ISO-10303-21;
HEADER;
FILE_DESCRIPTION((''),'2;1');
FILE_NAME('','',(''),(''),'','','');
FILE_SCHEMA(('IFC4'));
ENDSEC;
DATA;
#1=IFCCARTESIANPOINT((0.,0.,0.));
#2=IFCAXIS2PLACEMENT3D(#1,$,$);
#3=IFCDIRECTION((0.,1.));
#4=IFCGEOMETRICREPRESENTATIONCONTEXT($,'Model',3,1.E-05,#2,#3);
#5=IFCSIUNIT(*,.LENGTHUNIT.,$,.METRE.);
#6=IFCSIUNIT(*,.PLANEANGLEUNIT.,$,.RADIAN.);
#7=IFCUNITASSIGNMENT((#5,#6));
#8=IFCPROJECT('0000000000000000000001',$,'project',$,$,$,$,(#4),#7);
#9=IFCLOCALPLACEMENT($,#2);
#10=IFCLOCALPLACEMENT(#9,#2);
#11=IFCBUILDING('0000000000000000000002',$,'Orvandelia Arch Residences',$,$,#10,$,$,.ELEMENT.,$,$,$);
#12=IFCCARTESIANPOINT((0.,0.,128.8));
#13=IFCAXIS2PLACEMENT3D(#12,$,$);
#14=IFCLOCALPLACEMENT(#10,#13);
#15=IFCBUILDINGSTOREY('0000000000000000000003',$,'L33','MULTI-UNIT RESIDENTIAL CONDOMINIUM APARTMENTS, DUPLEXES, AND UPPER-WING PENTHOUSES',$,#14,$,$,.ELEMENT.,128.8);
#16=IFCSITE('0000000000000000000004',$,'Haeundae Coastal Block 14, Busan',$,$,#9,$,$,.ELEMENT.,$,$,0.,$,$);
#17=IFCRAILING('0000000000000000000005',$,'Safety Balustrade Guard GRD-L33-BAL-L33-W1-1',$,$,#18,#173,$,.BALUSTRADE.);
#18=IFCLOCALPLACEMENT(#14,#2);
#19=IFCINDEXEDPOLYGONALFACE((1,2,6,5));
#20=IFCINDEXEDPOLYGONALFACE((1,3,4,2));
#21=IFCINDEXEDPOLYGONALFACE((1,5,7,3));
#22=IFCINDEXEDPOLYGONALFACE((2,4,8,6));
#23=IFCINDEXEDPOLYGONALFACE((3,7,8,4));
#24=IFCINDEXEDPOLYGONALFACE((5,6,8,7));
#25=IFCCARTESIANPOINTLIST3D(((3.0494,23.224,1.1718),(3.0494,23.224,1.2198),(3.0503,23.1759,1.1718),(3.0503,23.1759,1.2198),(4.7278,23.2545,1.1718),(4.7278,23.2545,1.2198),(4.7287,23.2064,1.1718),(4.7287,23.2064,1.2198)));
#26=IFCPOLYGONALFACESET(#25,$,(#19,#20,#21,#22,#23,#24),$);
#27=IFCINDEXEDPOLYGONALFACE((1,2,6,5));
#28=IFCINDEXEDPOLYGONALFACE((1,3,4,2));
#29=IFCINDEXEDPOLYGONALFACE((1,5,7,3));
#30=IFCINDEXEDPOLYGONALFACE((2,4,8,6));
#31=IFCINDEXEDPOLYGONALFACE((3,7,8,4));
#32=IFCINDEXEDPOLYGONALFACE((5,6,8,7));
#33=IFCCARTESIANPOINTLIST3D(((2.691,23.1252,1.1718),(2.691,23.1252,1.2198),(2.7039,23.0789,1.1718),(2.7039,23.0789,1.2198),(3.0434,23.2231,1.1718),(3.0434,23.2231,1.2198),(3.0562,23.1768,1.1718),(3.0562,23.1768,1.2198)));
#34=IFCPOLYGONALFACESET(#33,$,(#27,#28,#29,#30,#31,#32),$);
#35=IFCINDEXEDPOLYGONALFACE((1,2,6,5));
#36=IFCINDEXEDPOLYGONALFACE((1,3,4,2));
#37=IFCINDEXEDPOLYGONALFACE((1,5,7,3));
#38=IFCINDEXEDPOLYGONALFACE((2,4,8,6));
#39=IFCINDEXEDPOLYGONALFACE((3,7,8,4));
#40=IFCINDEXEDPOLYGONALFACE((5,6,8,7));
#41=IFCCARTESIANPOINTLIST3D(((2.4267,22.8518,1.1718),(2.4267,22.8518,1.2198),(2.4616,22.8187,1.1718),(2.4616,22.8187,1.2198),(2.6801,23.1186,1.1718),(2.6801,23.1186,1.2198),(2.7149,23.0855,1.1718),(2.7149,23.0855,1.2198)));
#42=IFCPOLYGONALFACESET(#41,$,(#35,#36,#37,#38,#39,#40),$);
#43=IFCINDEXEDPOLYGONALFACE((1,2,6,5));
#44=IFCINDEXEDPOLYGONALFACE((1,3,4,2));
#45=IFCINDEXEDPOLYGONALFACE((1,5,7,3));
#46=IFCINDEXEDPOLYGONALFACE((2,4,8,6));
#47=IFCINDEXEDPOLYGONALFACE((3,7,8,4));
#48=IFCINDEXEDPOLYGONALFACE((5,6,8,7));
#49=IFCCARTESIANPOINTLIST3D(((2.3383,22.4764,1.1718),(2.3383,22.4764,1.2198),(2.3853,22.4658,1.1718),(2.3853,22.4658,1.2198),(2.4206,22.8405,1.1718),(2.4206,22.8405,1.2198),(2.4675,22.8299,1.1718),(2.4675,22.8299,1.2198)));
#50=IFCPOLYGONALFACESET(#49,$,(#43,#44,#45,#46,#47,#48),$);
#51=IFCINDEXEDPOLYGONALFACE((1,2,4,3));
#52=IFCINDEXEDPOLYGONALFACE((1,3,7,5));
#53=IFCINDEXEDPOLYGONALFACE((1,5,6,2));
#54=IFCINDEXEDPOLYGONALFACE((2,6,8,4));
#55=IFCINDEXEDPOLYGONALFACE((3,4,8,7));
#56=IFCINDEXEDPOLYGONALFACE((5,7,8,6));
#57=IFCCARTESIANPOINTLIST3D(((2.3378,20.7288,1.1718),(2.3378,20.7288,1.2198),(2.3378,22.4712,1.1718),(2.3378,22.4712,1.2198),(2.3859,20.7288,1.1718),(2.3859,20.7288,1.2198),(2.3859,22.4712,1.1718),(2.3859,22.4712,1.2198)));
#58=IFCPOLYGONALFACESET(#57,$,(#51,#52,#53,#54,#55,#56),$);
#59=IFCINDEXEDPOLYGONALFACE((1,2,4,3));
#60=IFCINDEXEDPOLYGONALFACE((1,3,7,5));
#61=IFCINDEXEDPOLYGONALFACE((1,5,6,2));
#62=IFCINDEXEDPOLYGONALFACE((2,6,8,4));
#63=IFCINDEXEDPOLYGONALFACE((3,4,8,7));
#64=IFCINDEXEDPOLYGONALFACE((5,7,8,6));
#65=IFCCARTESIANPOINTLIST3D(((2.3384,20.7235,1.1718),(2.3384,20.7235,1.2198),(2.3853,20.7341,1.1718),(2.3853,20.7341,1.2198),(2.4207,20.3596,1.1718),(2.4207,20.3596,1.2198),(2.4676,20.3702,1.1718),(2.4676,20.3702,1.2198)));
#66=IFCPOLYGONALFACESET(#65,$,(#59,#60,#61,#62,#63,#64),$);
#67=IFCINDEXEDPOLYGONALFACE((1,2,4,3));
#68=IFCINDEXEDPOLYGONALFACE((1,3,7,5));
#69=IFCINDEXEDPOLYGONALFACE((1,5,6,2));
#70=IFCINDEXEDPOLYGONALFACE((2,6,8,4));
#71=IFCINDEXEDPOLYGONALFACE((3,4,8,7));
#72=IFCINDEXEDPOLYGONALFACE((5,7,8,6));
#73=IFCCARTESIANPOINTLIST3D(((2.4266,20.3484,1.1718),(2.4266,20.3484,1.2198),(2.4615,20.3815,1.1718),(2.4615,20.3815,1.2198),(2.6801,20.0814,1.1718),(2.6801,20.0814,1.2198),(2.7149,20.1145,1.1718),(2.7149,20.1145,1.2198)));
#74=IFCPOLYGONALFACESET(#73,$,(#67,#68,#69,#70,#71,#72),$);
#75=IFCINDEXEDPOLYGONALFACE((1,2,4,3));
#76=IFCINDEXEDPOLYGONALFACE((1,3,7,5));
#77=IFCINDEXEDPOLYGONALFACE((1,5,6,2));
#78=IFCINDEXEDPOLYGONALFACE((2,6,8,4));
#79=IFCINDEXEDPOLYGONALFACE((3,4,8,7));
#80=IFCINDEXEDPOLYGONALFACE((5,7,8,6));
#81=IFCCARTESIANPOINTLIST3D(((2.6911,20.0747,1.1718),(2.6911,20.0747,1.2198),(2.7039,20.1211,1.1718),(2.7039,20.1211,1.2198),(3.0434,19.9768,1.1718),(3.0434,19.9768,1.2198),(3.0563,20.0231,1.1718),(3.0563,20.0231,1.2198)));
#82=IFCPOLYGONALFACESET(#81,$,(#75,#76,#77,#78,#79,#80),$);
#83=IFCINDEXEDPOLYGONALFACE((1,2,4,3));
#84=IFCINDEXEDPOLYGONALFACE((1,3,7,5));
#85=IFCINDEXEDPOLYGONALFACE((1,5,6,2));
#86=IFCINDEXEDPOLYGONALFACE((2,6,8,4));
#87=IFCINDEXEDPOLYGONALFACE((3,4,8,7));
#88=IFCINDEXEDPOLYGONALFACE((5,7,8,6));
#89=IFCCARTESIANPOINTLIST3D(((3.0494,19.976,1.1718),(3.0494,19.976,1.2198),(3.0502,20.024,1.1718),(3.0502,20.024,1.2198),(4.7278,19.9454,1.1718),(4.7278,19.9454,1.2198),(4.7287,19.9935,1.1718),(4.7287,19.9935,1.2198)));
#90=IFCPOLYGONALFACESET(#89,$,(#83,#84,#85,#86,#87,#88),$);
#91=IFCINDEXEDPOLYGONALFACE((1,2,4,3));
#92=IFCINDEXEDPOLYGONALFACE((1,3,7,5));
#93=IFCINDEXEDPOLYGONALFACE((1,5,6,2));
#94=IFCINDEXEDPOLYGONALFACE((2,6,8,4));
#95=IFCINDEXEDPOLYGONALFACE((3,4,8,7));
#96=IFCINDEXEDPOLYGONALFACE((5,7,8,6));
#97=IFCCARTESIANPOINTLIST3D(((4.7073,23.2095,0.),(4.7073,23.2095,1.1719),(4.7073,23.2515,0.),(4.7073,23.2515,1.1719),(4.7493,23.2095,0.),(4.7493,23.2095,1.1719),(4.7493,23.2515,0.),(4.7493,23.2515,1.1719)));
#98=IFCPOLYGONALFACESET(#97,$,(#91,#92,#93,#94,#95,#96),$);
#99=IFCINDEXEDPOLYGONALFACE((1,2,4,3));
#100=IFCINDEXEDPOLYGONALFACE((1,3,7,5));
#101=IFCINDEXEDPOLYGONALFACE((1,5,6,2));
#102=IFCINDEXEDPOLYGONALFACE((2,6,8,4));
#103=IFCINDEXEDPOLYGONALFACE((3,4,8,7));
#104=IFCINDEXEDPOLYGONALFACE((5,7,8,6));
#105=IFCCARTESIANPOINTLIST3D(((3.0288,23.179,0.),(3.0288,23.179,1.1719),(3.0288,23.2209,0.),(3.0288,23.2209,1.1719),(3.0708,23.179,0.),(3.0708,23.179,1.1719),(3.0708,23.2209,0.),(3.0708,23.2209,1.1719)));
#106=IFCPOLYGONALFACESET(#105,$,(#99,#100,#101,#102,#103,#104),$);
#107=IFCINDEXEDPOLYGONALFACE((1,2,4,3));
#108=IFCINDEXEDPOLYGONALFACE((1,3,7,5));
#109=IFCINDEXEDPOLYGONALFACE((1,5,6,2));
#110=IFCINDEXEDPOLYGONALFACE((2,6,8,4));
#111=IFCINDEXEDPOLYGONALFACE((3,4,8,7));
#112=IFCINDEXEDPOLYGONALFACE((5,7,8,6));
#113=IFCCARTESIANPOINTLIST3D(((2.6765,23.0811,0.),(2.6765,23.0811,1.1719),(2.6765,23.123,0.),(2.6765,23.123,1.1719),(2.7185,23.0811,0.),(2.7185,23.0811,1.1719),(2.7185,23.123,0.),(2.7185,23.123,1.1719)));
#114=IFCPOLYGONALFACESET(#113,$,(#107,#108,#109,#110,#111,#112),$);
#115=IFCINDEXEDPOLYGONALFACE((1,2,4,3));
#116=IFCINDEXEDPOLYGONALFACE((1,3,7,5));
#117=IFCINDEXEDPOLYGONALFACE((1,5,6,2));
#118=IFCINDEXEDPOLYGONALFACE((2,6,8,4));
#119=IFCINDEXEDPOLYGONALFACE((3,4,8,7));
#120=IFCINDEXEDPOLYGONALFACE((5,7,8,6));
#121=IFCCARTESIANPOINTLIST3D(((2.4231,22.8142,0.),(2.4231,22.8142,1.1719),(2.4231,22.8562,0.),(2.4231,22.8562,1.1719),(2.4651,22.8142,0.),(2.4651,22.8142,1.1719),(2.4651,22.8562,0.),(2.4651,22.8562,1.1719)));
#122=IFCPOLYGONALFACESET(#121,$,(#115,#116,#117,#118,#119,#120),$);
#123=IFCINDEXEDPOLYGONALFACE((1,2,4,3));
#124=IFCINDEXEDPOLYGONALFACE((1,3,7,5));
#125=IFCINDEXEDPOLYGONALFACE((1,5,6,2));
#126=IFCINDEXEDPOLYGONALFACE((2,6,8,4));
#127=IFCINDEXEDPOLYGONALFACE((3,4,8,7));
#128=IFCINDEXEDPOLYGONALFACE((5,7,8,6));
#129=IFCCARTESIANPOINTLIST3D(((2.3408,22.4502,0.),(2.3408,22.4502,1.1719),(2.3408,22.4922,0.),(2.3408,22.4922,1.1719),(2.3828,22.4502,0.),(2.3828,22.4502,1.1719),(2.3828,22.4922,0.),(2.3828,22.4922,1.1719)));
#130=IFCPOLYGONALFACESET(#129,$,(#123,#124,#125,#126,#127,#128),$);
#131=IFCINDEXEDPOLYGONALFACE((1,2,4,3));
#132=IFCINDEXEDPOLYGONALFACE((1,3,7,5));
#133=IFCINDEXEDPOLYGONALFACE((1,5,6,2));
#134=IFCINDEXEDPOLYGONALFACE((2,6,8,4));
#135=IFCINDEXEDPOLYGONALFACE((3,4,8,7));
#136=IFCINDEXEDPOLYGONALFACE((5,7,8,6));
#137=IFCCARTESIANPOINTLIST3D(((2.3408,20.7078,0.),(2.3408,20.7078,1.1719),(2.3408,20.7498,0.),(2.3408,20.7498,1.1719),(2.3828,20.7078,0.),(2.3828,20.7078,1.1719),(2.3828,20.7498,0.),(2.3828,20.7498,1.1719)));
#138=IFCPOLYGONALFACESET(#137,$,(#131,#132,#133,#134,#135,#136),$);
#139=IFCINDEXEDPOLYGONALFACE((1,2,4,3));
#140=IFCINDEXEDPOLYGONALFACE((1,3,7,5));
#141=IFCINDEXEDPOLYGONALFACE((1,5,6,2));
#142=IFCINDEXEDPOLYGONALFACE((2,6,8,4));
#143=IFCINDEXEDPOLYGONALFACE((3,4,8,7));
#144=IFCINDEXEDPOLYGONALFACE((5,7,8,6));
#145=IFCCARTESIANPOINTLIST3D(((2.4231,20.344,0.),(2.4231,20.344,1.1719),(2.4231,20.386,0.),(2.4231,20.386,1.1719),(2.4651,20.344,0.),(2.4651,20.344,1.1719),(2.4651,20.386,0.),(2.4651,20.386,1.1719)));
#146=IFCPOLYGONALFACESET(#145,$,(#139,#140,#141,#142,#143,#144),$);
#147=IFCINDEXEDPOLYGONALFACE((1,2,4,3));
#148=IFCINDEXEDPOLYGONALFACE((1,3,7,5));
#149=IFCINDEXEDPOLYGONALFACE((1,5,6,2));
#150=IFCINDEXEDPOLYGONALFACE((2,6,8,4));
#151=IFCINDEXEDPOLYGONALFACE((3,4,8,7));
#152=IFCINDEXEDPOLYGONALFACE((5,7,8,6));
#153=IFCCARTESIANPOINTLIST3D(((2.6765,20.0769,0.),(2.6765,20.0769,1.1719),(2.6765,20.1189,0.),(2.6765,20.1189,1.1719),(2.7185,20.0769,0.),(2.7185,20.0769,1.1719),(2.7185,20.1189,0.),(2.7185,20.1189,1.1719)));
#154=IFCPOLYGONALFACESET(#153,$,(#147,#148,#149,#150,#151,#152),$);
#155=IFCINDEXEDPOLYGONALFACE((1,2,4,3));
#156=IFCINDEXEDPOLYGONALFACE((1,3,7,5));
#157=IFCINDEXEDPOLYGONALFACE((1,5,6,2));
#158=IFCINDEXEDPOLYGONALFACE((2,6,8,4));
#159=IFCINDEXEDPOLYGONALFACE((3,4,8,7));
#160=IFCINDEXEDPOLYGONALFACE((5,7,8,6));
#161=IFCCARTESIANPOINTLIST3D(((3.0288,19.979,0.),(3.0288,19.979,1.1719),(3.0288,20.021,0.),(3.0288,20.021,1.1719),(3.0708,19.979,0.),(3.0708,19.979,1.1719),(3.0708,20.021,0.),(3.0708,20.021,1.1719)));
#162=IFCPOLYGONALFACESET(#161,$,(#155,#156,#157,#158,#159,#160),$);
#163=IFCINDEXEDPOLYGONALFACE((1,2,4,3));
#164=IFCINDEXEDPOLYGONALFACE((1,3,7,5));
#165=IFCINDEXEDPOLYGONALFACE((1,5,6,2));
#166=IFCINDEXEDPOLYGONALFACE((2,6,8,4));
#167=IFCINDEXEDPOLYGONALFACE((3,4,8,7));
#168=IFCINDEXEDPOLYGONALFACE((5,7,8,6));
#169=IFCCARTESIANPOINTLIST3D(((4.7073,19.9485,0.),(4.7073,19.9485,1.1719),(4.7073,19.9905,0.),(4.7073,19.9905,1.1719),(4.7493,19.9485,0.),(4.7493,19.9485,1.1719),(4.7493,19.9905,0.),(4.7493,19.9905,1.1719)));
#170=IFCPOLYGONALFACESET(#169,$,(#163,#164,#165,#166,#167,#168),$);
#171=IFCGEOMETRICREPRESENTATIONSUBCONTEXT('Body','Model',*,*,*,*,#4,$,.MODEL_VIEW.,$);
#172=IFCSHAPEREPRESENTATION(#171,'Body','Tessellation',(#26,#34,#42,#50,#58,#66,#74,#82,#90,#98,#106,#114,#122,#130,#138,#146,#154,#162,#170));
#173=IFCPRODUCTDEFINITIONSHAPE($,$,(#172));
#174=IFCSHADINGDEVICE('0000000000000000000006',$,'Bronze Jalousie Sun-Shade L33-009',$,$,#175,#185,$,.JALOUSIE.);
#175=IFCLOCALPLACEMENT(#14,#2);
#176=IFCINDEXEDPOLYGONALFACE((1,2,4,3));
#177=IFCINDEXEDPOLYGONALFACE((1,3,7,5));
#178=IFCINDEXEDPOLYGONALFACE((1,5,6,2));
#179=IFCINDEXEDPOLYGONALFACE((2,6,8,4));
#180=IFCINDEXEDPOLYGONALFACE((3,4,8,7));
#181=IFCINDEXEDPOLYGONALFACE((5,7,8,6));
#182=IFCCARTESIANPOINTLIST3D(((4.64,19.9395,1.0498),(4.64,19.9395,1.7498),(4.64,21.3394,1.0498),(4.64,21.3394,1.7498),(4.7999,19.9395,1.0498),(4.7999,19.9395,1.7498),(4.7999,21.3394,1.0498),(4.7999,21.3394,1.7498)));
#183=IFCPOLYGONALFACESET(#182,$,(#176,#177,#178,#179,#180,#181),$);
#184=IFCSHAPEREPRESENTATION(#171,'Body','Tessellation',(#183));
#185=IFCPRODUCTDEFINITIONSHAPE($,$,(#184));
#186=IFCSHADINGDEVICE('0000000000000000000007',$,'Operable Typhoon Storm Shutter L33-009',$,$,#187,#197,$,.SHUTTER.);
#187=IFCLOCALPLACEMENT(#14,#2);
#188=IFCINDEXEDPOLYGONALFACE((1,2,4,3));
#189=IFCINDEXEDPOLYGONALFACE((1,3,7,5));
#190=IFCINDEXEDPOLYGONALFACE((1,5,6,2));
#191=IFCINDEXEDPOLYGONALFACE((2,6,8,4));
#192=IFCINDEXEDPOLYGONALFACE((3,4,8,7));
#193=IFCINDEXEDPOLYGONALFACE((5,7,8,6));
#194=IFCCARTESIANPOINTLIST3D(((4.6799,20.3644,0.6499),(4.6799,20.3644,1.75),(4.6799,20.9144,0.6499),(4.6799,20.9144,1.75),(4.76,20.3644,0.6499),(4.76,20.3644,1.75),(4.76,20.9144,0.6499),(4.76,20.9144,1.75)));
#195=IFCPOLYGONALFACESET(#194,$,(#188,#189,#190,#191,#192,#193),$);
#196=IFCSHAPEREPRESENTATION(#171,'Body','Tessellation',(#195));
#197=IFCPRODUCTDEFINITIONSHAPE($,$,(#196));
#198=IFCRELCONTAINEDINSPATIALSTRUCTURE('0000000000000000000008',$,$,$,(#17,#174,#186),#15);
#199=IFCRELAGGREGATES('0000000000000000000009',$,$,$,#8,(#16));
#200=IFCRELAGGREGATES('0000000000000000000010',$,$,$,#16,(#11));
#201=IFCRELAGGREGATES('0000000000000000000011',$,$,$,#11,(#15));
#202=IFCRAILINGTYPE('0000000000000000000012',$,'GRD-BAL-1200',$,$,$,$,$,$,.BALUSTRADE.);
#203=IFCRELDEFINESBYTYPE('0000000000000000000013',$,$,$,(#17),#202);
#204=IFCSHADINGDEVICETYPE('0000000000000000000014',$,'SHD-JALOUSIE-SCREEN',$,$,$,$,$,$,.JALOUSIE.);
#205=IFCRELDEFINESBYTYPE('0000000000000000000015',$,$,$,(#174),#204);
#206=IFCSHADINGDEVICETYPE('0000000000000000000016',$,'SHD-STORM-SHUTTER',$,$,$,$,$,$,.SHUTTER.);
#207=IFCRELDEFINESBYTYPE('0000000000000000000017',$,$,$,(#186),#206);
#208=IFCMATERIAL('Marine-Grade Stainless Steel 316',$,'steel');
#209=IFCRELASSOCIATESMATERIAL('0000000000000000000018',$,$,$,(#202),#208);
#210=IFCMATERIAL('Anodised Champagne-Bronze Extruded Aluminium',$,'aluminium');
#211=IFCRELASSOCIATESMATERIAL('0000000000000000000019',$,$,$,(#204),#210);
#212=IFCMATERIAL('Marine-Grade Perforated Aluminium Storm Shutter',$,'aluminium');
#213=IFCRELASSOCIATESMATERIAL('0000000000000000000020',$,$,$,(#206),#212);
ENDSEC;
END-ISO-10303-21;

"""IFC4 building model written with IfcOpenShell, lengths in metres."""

from ifc_helpers import new_model, si_unit, direction, frame, origin, origin_2d, place, context, subcontext, project, spatial, rectangle, extrude, material, type_object, element, save


model = new_model("IFC4")

# Units and contexts
model_context = context("Model", 3, precision=1e-05, world=origin(), true_north=direction((0.0, 1.0)))
body_context = subcontext(model_context, "Body", "Model", "MODEL_VIEW")
ifc_project = project(units=[si_unit("LENGTHUNIT", "METRE"), si_unit("PLANEANGLEUNIT", "RADIAN")], contexts=[model_context])

# Site, building, storey
site_placement = place(None, origin())
site = spatial("IfcSite", under=ifc_project, at=site_placement, Name="Haeundae Coastal Block 14, Busan", CompositionType="ELEMENT", RefElevation=0.0)
building_placement = place(site_placement, origin())
building = spatial("IfcBuilding", under=site, at=building_placement, Name="Orvandelia Arch Residences", CompositionType="ELEMENT")
storey_placement = place(building_placement, frame((0.0, 0.0, 128.8)))
storey = spatial("IfcBuildingStorey", under=building, at=storey_placement, Name="L33", Description="MULTI-UNIT RESIDENTIAL CONDOMINIUM APARTMENTS, DUPLEXES, AND UPPER-WING PENTHOUSES", CompositionType="ELEMENT", Elevation=128.8)

# Railing
ifc_material_1 = material(Name="Marine-Grade Stainless Steel 316", Category="steel")
railing_type = type_object("IfcRailingType", Name="GRD-BAL-1200", PredefinedType="BALUSTRADE", material=ifc_material_1)
railing_placement = place(storey_placement, frame((4.7283, 23.2305, 0.0)))
element("IfcRailing", 1, at=railing_placement, inside=storey, type_object=railing_type, Name="Safety Balustrade Guard GRD-L33-BAL-L33-W1-1", PredefinedType="BALUSTRADE", context=body_context, shape_type="SweptSolid", body=[
    extrude(rectangle(XDim=0.0481, YDim=0.0481, at=origin_2d()), frame((0.0, 0.0, 1.1958), z_axis=(-0.999835, -0.018179, 0.0), x_axis=(0.018179, -0.999835, 0.0)), (0.0, 0.0, 1.0), 1.6787),
    extrude(rectangle(XDim=0.0481, YDim=0.0481, at=origin_2d()), frame((-1.6785, -0.0305, 1.1958), z_axis=(-0.963489, -0.267747, 0.0), x_axis=(0.267747, -0.963489, 0.0)), (0.0, 0.0, 1.0), 0.3657),
    extrude(rectangle(XDim=0.0481, YDim=0.0481, at=origin_2d()), frame((-2.0308, -0.1284, 1.1958), z_axis=(-0.688627, -0.725115, 0.0), x_axis=(0.725115, -0.688627, 0.0)), (0.0, 0.0, 1.0), 0.3679),
    extrude(rectangle(XDim=0.0481, YDim=0.0481, at=origin_2d()), frame((-2.2842, -0.3953, 1.1958), z_axis=(-0.220462, -0.975396, 0.0), x_axis=(0.975396, -0.220462, 0.0)), (0.0, 0.0, 1.0), 0.3733),
    extrude(rectangle(XDim=0.0481, YDim=0.0481, at=origin_2d()), frame((-2.3665, -0.7593, 1.1958), z_axis=(0.0, -1.0, 0.0), x_axis=(1.0, 0.0, 0.0)), (0.0, 0.0, 1.0), 1.7424),
    extrude(rectangle(XDim=0.0481, YDim=0.0481, at=origin_2d()), frame((-2.3665, -2.5017, 1.1958), z_axis=(0.220602, -0.975364, 0.0), x_axis=(0.975364, 0.220602, 0.0)), (0.0, 0.0, 1.0), 0.373),
    extrude(rectangle(XDim=0.0481, YDim=0.0481, at=origin_2d()), frame((-2.2842, -2.8655, 1.1958), z_axis=(0.688296, -0.72543, 0.0), x_axis=(0.72543, 0.688296, 0.0)), (0.0, 0.0, 1.0), 0.3682),
    extrude(rectangle(XDim=0.0481, YDim=0.0481, at=origin_2d()), frame((-2.0308, -3.1326, 1.1958), z_axis=(0.963489, -0.267747, 0.0), x_axis=(0.267747, 0.963489, 0.0)), (0.0, 0.0, 1.0), 0.3657),
    extrude(rectangle(XDim=0.0481, YDim=0.0481, at=origin_2d()), frame((-1.6785, -3.2305, 1.1958), z_axis=(0.999835, -0.018179, 0.0), x_axis=(0.018179, 0.999835, 0.0)), (0.0, 0.0, 1.0), 1.6787),
    extrude(rectangle(XDim=0.042, YDim=0.042, at=origin_2d()), origin(), (0.0, 0.0, 1.0), 1.1719),
    extrude(rectangle(XDim=0.042, YDim=0.042, at=origin_2d()), frame((-1.6785, -0.0305, 0.0)), (0.0, 0.0, 1.0), 1.1719),
    extrude(rectangle(XDim=0.042, YDim=0.042, at=origin_2d()), frame((-2.0308, -0.1284, 0.0)), (0.0, 0.0, 1.0), 1.1719),
    extrude(rectangle(XDim=0.042, YDim=0.042, at=origin_2d()), frame((-2.2842, -0.3953, 0.0)), (0.0, 0.0, 1.0), 1.1719),
    extrude(rectangle(XDim=0.042, YDim=0.042, at=origin_2d()), frame((-2.3665, -0.7593, 0.0)), (0.0, 0.0, 1.0), 1.1719),
    extrude(rectangle(XDim=0.042, YDim=0.042, at=origin_2d()), frame((-2.3665, -2.5017, 0.0)), (0.0, 0.0, 1.0), 1.1719),
    extrude(rectangle(XDim=0.042, YDim=0.042, at=origin_2d()), frame((-2.2842, -2.8655, 0.0)), (0.0, 0.0, 1.0), 1.1719),
    extrude(rectangle(XDim=0.042, YDim=0.042, at=origin_2d()), frame((-2.0308, -3.1326, 0.0)), (0.0, 0.0, 1.0), 1.1719),
    extrude(rectangle(XDim=0.042, YDim=0.042, at=origin_2d()), frame((-1.6785, -3.2305, 0.0)), (0.0, 0.0, 1.0), 1.1719),
    extrude(rectangle(XDim=0.042, YDim=0.042, at=origin_2d()), frame((0.0, -3.261, 0.0)), (0.0, 0.0, 1.0), 1.1719),
])

# Shading devices
ifc_material_2 = material(Name="Anodised Champagne-Bronze Extruded Aluminium", Category="aluminium")
shading_device_type_1 = type_object("IfcShadingDeviceType", Name="SHD-JALOUSIE-SCREEN", PredefinedType="JALOUSIE", material=ifc_material_2)
shading_device_1_placement = place(storey_placement, frame((4.72, 20.6394, 1.0498), z_axis=(0.0, 0.0, 1.0), x_axis=(0.0, 1.0, 0.0)))
element("IfcShadingDevice", 2, at=shading_device_1_placement, inside=storey, type_object=shading_device_type_1, Name="Bronze Jalousie Sun-Shade L33-009", PredefinedType="JALOUSIE", context=body_context, shape_type="SweptSolid", body=[
    extrude(rectangle(XDim=1.3999, YDim=0.1599, at=origin_2d()), origin(), (0.0, 0.0, 1.0), 0.7),
])
ifc_material_3 = material(Name="Marine-Grade Perforated Aluminium Storm Shutter", Category="aluminium")
shading_device_type_2 = type_object("IfcShadingDeviceType", Name="SHD-STORM-SHUTTER", PredefinedType="SHUTTER", material=ifc_material_3)
shading_device_2_placement = place(storey_placement, frame((4.72, 20.6394, 0.6499), z_axis=(0.0, 0.0, 1.0), x_axis=(0.0, 1.0, 0.0)))
element("IfcShadingDevice", 3, at=shading_device_2_placement, inside=storey, type_object=shading_device_type_2, Name="Operable Typhoon Storm Shutter L33-009", PredefinedType="SHUTTER", context=body_context, shape_type="SweptSolid", body=[
    extrude(rectangle(XDim=0.55, YDim=0.0801, at=origin_2d()), origin(), (0.0, 0.0, 1.0), 1.1001),
])

save(model, "model.ifc")
